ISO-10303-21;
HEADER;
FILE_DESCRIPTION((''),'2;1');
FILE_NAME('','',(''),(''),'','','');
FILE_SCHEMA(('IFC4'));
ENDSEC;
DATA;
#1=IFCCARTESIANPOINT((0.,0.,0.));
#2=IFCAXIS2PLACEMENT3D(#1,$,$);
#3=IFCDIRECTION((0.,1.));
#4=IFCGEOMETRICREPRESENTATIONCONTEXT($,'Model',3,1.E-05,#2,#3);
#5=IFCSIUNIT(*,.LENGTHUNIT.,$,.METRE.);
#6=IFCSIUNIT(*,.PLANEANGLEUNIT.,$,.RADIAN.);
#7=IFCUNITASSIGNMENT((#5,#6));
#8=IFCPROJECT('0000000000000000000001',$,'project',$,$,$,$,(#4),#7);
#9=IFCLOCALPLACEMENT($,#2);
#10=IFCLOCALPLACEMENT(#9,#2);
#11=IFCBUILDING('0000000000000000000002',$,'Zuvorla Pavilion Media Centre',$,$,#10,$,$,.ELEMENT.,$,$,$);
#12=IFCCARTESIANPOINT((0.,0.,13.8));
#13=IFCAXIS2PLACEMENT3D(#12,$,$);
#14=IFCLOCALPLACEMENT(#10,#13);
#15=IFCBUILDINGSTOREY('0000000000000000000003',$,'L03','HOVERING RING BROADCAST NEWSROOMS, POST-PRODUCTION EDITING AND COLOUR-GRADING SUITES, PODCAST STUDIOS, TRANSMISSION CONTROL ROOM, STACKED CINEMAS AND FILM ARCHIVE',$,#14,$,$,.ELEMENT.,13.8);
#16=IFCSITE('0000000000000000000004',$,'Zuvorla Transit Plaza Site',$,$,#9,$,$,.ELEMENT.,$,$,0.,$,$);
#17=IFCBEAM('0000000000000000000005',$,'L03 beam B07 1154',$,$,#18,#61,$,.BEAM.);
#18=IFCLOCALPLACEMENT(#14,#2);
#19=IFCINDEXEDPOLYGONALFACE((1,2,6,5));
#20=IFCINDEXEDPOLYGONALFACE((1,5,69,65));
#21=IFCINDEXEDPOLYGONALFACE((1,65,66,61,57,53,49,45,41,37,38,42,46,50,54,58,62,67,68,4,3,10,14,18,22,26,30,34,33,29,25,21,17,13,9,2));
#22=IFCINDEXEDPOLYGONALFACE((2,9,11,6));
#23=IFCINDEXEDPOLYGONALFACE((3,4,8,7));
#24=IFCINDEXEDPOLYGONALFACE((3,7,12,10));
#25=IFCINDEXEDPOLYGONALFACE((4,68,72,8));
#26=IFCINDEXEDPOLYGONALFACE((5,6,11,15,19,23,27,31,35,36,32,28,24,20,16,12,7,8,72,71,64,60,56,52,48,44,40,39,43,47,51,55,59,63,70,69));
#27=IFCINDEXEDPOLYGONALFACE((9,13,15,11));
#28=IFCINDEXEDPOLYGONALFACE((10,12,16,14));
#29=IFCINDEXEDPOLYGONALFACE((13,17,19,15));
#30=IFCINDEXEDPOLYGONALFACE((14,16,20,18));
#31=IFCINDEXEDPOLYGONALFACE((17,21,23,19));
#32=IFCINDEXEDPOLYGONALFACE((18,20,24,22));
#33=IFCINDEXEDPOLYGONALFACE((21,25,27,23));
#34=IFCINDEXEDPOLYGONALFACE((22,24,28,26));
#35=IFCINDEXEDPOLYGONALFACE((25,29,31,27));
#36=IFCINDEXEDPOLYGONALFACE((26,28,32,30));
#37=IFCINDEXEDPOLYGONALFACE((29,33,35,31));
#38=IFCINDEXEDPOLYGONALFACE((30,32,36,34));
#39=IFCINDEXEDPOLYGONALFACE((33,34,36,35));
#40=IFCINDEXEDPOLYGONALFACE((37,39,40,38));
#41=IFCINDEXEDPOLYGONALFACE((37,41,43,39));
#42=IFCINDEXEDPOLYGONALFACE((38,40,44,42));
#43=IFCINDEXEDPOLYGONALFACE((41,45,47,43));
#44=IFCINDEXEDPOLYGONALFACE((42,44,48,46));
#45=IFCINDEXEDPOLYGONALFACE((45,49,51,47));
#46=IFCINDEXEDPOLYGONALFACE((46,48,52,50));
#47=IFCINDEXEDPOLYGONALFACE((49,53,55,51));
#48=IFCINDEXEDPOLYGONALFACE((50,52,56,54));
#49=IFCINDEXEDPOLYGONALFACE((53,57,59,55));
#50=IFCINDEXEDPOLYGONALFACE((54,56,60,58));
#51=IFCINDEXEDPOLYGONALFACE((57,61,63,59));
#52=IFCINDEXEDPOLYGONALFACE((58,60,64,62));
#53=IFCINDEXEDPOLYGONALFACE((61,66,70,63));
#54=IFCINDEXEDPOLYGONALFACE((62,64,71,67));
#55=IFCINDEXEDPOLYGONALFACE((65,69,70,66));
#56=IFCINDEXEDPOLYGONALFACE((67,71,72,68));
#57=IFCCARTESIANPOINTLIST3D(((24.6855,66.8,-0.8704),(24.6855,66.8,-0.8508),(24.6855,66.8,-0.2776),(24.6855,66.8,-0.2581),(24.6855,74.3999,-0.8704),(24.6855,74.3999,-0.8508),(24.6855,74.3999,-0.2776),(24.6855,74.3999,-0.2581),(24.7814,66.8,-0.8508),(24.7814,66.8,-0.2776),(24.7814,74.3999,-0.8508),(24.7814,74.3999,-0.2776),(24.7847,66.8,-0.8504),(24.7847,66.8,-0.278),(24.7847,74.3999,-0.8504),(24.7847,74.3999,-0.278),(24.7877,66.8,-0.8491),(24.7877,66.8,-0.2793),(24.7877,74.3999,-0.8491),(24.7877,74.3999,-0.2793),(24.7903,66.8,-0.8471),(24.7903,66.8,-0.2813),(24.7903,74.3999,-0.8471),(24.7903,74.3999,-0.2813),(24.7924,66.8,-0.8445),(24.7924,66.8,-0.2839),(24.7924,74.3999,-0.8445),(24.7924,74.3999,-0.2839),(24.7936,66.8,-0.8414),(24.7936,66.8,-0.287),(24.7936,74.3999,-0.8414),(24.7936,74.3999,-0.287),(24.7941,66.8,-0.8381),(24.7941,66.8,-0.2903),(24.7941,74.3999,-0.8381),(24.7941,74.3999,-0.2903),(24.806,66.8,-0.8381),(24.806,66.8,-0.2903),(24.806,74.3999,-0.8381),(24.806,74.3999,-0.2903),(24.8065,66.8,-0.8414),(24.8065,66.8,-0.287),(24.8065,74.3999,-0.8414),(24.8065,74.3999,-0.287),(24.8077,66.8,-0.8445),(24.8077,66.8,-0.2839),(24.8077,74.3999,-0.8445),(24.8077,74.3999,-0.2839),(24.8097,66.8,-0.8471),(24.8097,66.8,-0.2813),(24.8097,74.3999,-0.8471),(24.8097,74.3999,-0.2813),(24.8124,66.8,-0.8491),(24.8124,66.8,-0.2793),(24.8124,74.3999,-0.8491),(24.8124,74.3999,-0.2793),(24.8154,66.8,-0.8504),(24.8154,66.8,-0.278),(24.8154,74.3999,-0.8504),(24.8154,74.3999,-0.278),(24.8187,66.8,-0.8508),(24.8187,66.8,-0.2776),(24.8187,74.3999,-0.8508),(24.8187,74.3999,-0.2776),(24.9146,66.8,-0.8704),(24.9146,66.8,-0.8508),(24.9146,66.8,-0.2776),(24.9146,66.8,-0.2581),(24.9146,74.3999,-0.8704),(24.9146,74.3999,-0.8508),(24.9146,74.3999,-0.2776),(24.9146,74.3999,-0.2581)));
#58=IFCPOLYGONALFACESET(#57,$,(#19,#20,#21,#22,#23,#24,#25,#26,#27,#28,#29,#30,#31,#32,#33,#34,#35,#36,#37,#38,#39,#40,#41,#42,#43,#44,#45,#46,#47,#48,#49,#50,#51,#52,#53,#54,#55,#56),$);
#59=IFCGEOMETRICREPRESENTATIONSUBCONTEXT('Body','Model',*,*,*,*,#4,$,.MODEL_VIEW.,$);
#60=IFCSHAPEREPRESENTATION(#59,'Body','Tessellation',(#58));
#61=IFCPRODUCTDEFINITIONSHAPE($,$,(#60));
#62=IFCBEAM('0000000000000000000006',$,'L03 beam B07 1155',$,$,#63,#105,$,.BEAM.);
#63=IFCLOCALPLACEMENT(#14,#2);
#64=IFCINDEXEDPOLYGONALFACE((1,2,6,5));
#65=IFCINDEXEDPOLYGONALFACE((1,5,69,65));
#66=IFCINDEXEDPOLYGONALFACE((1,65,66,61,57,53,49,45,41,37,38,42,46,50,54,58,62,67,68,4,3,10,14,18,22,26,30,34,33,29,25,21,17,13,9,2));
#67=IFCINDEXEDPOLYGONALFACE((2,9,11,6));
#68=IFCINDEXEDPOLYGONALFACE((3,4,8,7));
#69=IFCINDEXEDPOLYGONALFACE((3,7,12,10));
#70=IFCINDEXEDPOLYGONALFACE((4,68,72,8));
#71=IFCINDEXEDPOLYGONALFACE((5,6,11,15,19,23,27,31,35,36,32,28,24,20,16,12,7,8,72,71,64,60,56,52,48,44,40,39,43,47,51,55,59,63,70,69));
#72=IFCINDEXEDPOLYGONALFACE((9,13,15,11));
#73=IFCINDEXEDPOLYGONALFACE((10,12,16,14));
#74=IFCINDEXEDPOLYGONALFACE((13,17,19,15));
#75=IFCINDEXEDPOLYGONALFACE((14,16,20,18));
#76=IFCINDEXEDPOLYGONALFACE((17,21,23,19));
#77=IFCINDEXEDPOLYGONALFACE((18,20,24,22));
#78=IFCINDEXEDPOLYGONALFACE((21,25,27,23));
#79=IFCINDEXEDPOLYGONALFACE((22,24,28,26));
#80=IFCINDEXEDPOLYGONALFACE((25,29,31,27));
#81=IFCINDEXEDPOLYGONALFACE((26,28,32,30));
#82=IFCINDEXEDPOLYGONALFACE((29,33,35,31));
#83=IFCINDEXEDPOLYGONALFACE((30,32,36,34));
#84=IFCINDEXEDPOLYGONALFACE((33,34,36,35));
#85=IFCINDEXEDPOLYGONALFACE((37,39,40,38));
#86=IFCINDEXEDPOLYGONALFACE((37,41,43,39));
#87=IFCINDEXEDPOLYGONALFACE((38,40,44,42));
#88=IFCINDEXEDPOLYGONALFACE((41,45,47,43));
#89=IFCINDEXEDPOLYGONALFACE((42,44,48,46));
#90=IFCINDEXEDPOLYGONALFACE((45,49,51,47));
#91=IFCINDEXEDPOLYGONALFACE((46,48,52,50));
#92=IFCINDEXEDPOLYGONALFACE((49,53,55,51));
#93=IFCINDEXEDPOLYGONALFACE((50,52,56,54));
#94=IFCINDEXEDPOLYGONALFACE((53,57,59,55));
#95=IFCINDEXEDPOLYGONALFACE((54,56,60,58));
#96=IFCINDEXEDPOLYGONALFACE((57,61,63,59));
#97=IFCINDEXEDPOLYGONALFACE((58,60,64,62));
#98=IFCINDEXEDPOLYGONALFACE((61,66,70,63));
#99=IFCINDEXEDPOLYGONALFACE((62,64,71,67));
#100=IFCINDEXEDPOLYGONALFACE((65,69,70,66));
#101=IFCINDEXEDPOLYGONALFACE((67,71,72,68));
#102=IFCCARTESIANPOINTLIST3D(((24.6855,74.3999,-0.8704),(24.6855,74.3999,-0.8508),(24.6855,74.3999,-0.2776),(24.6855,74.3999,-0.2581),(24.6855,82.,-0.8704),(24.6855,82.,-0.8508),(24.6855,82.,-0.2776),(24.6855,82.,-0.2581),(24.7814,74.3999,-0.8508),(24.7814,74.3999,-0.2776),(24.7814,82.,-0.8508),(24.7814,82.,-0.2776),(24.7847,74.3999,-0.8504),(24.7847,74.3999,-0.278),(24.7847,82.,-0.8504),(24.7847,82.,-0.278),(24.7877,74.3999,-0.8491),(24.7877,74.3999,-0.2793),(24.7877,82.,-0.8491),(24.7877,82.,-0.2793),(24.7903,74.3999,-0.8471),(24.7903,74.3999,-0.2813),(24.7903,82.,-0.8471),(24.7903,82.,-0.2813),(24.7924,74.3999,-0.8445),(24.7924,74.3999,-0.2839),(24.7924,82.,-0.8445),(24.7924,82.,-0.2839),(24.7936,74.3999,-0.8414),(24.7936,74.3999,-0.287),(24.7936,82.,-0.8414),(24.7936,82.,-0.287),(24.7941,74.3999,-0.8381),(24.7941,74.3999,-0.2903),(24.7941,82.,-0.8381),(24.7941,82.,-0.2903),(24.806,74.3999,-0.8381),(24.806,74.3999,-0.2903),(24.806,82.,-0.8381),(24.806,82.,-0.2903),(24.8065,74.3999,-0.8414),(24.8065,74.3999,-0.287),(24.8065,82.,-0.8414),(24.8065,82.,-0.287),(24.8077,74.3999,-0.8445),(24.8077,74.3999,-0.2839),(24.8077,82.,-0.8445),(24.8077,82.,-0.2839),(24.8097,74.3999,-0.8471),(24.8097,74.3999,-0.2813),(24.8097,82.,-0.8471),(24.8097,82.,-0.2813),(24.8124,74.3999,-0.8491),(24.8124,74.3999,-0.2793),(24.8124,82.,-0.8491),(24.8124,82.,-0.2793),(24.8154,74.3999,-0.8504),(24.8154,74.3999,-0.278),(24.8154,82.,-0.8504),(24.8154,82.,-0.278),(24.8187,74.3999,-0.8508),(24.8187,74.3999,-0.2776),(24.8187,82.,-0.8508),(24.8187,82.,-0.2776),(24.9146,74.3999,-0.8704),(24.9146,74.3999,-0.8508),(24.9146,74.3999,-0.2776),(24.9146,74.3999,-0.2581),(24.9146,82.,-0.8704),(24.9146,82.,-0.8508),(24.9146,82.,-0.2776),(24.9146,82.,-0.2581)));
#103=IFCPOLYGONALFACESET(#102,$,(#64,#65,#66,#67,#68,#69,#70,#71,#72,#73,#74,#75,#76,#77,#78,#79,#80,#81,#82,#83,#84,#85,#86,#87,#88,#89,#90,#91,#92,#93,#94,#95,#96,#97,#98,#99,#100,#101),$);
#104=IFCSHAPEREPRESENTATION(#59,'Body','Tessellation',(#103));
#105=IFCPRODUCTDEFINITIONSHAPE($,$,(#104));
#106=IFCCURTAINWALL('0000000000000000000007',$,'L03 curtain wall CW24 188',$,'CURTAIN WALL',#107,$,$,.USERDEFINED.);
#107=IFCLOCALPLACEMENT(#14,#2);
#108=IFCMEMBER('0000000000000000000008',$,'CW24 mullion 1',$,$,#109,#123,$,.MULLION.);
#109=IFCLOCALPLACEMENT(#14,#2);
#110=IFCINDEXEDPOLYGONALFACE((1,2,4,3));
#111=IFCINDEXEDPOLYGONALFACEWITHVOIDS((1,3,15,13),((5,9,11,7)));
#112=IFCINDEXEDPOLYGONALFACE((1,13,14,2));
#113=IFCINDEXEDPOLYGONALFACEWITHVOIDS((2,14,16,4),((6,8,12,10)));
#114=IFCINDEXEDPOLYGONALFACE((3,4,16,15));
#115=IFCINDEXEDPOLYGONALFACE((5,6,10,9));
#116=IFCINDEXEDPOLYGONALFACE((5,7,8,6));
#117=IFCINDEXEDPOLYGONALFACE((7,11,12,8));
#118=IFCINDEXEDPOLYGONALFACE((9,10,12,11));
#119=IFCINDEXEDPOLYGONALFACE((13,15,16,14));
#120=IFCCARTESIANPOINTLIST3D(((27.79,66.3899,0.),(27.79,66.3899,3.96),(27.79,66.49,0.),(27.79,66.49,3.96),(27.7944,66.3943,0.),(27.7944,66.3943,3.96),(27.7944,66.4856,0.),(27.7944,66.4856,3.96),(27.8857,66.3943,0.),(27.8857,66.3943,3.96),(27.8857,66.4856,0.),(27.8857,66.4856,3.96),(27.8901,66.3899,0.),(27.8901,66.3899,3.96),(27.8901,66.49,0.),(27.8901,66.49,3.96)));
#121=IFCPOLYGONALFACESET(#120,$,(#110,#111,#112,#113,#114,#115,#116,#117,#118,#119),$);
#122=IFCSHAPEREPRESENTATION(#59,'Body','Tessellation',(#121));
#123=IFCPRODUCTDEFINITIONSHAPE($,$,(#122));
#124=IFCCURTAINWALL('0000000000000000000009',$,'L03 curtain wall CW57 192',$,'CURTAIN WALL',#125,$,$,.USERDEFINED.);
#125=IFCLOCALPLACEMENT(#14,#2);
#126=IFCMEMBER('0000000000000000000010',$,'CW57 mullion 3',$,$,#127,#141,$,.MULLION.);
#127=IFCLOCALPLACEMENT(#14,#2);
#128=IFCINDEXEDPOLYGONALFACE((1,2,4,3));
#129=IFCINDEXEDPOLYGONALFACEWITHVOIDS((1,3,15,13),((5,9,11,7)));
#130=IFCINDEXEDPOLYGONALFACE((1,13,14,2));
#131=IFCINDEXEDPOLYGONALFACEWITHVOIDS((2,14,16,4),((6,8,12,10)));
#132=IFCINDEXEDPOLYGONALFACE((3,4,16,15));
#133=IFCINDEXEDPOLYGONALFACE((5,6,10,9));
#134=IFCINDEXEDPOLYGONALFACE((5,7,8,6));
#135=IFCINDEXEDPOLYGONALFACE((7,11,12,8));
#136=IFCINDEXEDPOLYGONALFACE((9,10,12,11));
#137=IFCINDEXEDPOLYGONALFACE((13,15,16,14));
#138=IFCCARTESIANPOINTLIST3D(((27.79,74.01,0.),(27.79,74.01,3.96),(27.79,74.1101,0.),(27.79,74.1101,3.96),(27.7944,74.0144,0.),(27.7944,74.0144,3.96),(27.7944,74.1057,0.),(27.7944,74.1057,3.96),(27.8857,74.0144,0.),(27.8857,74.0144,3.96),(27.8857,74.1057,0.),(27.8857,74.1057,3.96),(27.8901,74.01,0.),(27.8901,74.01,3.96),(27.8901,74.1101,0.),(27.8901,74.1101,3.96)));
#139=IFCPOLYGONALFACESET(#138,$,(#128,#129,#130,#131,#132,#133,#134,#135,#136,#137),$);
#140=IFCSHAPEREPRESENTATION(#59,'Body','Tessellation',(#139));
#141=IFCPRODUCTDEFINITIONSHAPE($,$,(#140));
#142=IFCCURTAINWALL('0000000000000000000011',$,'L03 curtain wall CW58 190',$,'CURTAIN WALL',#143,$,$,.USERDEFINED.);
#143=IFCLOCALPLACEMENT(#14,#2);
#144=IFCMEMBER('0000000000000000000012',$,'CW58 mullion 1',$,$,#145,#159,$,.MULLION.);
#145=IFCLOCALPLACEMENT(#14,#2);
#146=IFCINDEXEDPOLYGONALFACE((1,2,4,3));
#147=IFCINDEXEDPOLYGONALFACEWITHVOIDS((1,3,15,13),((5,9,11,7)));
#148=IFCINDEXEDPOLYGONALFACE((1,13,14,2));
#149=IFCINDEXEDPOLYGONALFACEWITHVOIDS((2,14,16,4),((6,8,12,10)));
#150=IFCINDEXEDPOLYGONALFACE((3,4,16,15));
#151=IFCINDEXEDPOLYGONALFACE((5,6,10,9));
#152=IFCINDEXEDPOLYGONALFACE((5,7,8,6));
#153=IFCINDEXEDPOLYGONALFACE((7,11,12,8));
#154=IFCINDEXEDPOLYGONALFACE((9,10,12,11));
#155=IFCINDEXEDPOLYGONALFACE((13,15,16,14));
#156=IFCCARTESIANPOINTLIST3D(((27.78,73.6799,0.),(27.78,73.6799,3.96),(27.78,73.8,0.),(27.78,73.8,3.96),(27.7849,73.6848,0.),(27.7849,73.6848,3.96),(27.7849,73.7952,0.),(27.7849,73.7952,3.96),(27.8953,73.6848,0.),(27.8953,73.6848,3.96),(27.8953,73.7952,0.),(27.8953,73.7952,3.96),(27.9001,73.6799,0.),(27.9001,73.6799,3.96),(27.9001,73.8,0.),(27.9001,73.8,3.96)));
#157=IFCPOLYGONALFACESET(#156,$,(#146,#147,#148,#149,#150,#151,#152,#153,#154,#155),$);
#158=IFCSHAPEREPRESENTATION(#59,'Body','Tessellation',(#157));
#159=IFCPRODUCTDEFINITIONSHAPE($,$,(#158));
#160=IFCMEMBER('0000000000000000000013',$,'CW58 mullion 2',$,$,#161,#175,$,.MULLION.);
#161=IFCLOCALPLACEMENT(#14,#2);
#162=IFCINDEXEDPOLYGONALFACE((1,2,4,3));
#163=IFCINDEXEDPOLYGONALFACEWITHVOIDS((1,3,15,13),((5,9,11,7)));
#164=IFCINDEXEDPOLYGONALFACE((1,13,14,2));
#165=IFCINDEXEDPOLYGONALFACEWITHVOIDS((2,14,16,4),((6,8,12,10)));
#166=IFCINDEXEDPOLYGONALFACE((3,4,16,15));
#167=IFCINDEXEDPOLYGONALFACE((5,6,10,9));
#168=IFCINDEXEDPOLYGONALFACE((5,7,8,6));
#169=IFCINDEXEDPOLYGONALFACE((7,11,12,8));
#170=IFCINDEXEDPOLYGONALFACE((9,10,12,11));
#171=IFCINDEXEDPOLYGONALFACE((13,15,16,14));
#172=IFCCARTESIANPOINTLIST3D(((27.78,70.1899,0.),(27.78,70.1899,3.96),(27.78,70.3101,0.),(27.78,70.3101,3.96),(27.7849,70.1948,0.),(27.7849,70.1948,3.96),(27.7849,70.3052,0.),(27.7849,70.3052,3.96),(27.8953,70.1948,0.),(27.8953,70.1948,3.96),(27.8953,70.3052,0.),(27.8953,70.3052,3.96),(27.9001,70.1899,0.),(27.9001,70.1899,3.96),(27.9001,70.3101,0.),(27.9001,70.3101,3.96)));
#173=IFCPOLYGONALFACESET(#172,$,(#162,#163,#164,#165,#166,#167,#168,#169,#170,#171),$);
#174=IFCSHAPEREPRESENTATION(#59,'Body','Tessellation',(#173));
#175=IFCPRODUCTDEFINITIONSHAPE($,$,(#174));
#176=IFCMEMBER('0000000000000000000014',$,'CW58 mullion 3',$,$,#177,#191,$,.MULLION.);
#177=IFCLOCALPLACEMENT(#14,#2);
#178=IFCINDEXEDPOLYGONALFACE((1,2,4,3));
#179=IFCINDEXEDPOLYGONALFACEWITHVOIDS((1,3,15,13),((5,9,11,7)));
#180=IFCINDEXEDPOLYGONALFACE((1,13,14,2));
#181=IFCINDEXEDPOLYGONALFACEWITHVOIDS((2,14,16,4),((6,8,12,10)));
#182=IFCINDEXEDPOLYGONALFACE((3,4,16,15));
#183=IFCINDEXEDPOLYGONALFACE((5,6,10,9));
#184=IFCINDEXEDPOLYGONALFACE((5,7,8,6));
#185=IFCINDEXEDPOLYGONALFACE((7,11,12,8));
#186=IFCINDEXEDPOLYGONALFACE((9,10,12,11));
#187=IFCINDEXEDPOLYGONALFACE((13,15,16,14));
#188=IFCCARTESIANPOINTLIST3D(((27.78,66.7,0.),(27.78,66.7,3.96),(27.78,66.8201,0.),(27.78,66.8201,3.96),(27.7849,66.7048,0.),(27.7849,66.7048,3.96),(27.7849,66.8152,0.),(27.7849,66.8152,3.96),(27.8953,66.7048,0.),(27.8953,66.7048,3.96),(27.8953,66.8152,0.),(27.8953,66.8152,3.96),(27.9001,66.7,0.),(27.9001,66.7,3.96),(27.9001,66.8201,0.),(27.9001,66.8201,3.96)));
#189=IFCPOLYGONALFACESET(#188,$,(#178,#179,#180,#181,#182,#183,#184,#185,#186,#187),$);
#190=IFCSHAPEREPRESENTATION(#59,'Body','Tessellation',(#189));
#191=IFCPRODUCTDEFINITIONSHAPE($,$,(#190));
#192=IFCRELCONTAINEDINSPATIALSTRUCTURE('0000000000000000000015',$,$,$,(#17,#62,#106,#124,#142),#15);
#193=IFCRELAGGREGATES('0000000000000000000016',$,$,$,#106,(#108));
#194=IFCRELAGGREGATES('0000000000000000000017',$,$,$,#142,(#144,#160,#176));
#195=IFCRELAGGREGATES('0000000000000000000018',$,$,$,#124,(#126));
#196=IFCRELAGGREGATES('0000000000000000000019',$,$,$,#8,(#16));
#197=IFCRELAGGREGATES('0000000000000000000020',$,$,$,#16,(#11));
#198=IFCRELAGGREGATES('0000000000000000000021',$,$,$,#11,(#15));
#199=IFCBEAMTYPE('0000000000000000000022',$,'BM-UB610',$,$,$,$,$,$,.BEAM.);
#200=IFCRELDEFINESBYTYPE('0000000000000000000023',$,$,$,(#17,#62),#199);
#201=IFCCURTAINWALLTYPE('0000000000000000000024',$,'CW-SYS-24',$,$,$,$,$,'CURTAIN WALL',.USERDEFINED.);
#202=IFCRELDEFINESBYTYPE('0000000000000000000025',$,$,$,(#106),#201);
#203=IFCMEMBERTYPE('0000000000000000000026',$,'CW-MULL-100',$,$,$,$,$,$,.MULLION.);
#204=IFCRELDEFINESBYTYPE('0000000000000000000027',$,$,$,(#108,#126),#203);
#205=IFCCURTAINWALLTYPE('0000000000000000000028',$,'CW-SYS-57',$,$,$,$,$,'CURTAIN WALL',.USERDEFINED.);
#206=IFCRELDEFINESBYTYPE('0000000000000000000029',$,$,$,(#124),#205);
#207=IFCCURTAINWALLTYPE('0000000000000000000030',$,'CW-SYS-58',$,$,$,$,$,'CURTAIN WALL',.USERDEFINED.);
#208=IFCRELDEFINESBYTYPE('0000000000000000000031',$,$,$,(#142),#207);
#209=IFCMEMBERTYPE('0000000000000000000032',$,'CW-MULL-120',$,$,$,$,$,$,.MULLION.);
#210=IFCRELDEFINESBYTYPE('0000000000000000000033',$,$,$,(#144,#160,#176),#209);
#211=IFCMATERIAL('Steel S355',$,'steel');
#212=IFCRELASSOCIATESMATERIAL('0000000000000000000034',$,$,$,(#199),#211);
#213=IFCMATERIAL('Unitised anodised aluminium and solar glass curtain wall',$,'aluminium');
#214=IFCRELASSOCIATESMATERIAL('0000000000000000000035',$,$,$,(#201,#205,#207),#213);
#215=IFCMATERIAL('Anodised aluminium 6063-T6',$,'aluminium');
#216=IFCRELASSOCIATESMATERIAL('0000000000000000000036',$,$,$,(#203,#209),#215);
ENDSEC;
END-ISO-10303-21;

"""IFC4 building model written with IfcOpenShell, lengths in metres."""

from ifc_helpers import new_model, si_unit, direction, frame, origin, origin_2d, place, context, subcontext, project, spatial, hollow_rectangle, i_section, extrude, material, material_profile, profile_set, type_object, element, aggregate, save


model = new_model("IFC4")

# Units and contexts
model_context = context("Model", 3, precision=1e-05, world=origin(), true_north=direction((0.0, 1.0)))
body_context = subcontext(model_context, "Body", "Model", "MODEL_VIEW")
ifc_project = project(units=[si_unit("LENGTHUNIT", "METRE"), si_unit("PLANEANGLEUNIT", "RADIAN")], contexts=[model_context])

# Site, building, storey
site_placement = place(None, origin())
site = spatial("IfcSite", under=ifc_project, at=site_placement, Name="Zuvorla Transit Plaza Site", CompositionType="ELEMENT", RefElevation=0.0)
building_placement = place(site_placement, origin())
building = spatial("IfcBuilding", under=site, at=building_placement, Name="Zuvorla Pavilion Media Centre", CompositionType="ELEMENT")
storey_placement = place(building_placement, frame((0.0, 0.0, 13.8)))
storey = spatial("IfcBuildingStorey", under=building, at=storey_placement, Name="L03", Description="HOVERING RING BROADCAST NEWSROOMS, POST-PRODUCTION EDITING AND COLOUR-GRADING SUITES, PODCAST STUDIOS, TRANSMISSION CONTROL ROOM, STACKED CINEMAS AND FILM ARCHIVE", CompositionType="ELEMENT", Elevation=13.8)

# Shared definitions
ifc_material_1 = material(Name="Steel S355", Category="steel")

# Beams
ifc_material_profile_1 = material_profile(ifc_material_1, i_section(OverallWidth=0.229, OverallDepth=0.6123, WebThickness=0.012, FlangeThickness=0.0195, FilletRadius=0.0127, at=origin_2d()), Name="UB 610x229x125")
ifc_profile_set_1 = profile_set([ifc_material_profile_1], Name="Steel S355")
beam_type_1 = type_object("IfcBeamType", Name="BM-UB610", PredefinedType="BEAM", material=ifc_profile_set_1)
beam_1_placement = place(storey_placement, frame((24.8, 66.8, -0.5642), z_axis=(0.0, 1.0, 0.0), x_axis=(-1.0, 0.0, 0.0)))
element("IfcBeam", 1, at=beam_1_placement, inside=storey, type_object=beam_type_1, Name="L03 beam B07 1154", PredefinedType="BEAM", context=body_context, shape_type="SweptSolid", body=[
    extrude(i_section(OverallWidth=0.229, OverallDepth=0.6123, WebThickness=0.012, FlangeThickness=0.0195, FilletRadius=0.0127, at=origin_2d()), origin(), (0.0, 0.0, 1.0), 7.5999),
])
beam_2_placement = place(storey_placement, frame((24.8, 74.3999, -0.5642), z_axis=(0.0, 1.0, 0.0), x_axis=(-1.0, 0.0, 0.0)))
element("IfcBeam", 2, at=beam_2_placement, inside=storey, type_object=beam_type_1, Name="L03 beam B07 1155", PredefinedType="BEAM", context=body_context, shape_type="SweptSolid", body=[
    extrude(i_section(OverallWidth=0.229, OverallDepth=0.6123, WebThickness=0.012, FlangeThickness=0.0195, FilletRadius=0.0127, at=origin_2d()), origin(), (0.0, 0.0, 1.0), 7.6001),
])

# Curtain walls, members
ifc_material_2 = material(Name="Unitised anodised aluminium and solar glass curtain wall", Category="aluminium")
curtain_wall_type_1 = type_object("IfcCurtainWallType", Name="CW-SYS-24", ElementType="CURTAIN WALL", PredefinedType="USERDEFINED", material=ifc_material_2)
curtain_wall_1_placement = place(storey_placement, origin())
curtain_wall_1 = element("IfcCurtainWall", 3, at=curtain_wall_1_placement, inside=storey, type_object=curtain_wall_type_1, Name="L03 curtain wall CW24 188", ObjectType="CURTAIN WALL", PredefinedType="USERDEFINED")
ifc_material_3 = material(Name="Anodised aluminium 6063-T6", Category="aluminium")
ifc_material_profile_2 = material_profile(ifc_material_3, hollow_rectangle(XDim=0.1001, YDim=0.1001, WallThickness=0.0044, at=origin_2d()), Name="ALU MULL 100x100")
ifc_profile_set_2 = profile_set([ifc_material_profile_2], Name="Anodised aluminium 6063-T6")
member_type_1 = type_object("IfcMemberType", Name="CW-MULL-100", PredefinedType="MULLION", material=ifc_profile_set_2)
member_1_placement = place(storey_placement, frame((27.8401, 66.4399, 0.0), z_axis=(0.0, 0.0, 1.0), x_axis=(1.0, 0.0, 0.0)))
member_1 = element("IfcMember", 4, at=member_1_placement, type_object=member_type_1, Name="CW24 mullion 1", PredefinedType="MULLION", context=body_context, shape_type="SweptSolid", body=[
    extrude(hollow_rectangle(XDim=0.1001, YDim=0.1001, WallThickness=0.0044, at=origin_2d()), origin(), (0.0, 0.0, 1.0), 3.96),
])
curtain_wall_type_2 = type_object("IfcCurtainWallType", Name="CW-SYS-57", ElementType="CURTAIN WALL", PredefinedType="USERDEFINED", material=ifc_material_2)
curtain_wall_2_placement = place(storey_placement, origin())
curtain_wall_2 = element("IfcCurtainWall", 5, at=curtain_wall_2_placement, inside=storey, type_object=curtain_wall_type_2, Name="L03 curtain wall CW57 192", ObjectType="CURTAIN WALL", PredefinedType="USERDEFINED")
member_2_placement = place(storey_placement, frame((27.8401, 74.0601, 0.0), z_axis=(0.0, 0.0, 1.0), x_axis=(1.0, 0.0, 0.0)))
member_2 = element("IfcMember", 6, at=member_2_placement, type_object=member_type_1, Name="CW57 mullion 3", PredefinedType="MULLION", context=body_context, shape_type="SweptSolid", body=[
    extrude(hollow_rectangle(XDim=0.1001, YDim=0.1001, WallThickness=0.0044, at=origin_2d()), origin(), (0.0, 0.0, 1.0), 3.96),
])

# Curtain wall, members
curtain_wall_type_3 = type_object("IfcCurtainWallType", Name="CW-SYS-58", ElementType="CURTAIN WALL", PredefinedType="USERDEFINED", material=ifc_material_2)
curtain_wall_3_placement = place(storey_placement, origin())
curtain_wall_3 = element("IfcCurtainWall", 7, at=curtain_wall_3_placement, inside=storey, type_object=curtain_wall_type_3, Name="L03 curtain wall CW58 190", ObjectType="CURTAIN WALL", PredefinedType="USERDEFINED")
ifc_material_profile_3 = material_profile(ifc_material_3, hollow_rectangle(XDim=0.1201, YDim=0.1201, WallThickness=0.0049, at=origin_2d()), Name="ALU MULL 120x120")
ifc_profile_set_3 = profile_set([ifc_material_profile_3], Name="Anodised aluminium 6063-T6")
member_type_2 = type_object("IfcMemberType", Name="CW-MULL-120", PredefinedType="MULLION", material=ifc_profile_set_3)
member_3_placement = place(storey_placement, frame((27.8401, 73.74, 0.0), z_axis=(0.0, 0.0, 1.0), x_axis=(1.0, 0.0, 0.0)))
member_3 = element("IfcMember", 8, at=member_3_placement, type_object=member_type_2, Name="CW58 mullion 1", PredefinedType="MULLION", context=body_context, shape_type="SweptSolid", body=[
    extrude(hollow_rectangle(XDim=0.1201, YDim=0.1201, WallThickness=0.0049, at=origin_2d()), origin(), (0.0, 0.0, 1.0), 3.96),
])
member_4_placement = place(storey_placement, frame((27.8401, 70.25, 0.0), z_axis=(0.0, 0.0, 1.0), x_axis=(1.0, 0.0, 0.0)))
member_4 = element("IfcMember", 9, at=member_4_placement, type_object=member_type_2, Name="CW58 mullion 2", PredefinedType="MULLION", context=body_context, shape_type="SweptSolid", body=[
    extrude(hollow_rectangle(XDim=0.1201, YDim=0.1201, WallThickness=0.0049, at=origin_2d()), origin(), (0.0, 0.0, 1.0), 3.96),
])
member_5_placement = place(storey_placement, frame((27.8401, 66.76, 0.0), z_axis=(0.0, 0.0, 1.0), x_axis=(1.0, 0.0, 0.0)))
member_5 = element("IfcMember", 10, at=member_5_placement, type_object=member_type_2, Name="CW58 mullion 3", PredefinedType="MULLION", context=body_context, shape_type="SweptSolid", body=[
    extrude(hollow_rectangle(XDim=0.1201, YDim=0.1201, WallThickness=0.0049, at=origin_2d()), origin(), (0.0, 0.0, 1.0), 3.96),
])

aggregate(curtain_wall_1, [member_1])

aggregate(curtain_wall_3, [member_3, member_4, member_5])
aggregate(curtain_wall_2, [member_2])

save(model, "model.ifc")
